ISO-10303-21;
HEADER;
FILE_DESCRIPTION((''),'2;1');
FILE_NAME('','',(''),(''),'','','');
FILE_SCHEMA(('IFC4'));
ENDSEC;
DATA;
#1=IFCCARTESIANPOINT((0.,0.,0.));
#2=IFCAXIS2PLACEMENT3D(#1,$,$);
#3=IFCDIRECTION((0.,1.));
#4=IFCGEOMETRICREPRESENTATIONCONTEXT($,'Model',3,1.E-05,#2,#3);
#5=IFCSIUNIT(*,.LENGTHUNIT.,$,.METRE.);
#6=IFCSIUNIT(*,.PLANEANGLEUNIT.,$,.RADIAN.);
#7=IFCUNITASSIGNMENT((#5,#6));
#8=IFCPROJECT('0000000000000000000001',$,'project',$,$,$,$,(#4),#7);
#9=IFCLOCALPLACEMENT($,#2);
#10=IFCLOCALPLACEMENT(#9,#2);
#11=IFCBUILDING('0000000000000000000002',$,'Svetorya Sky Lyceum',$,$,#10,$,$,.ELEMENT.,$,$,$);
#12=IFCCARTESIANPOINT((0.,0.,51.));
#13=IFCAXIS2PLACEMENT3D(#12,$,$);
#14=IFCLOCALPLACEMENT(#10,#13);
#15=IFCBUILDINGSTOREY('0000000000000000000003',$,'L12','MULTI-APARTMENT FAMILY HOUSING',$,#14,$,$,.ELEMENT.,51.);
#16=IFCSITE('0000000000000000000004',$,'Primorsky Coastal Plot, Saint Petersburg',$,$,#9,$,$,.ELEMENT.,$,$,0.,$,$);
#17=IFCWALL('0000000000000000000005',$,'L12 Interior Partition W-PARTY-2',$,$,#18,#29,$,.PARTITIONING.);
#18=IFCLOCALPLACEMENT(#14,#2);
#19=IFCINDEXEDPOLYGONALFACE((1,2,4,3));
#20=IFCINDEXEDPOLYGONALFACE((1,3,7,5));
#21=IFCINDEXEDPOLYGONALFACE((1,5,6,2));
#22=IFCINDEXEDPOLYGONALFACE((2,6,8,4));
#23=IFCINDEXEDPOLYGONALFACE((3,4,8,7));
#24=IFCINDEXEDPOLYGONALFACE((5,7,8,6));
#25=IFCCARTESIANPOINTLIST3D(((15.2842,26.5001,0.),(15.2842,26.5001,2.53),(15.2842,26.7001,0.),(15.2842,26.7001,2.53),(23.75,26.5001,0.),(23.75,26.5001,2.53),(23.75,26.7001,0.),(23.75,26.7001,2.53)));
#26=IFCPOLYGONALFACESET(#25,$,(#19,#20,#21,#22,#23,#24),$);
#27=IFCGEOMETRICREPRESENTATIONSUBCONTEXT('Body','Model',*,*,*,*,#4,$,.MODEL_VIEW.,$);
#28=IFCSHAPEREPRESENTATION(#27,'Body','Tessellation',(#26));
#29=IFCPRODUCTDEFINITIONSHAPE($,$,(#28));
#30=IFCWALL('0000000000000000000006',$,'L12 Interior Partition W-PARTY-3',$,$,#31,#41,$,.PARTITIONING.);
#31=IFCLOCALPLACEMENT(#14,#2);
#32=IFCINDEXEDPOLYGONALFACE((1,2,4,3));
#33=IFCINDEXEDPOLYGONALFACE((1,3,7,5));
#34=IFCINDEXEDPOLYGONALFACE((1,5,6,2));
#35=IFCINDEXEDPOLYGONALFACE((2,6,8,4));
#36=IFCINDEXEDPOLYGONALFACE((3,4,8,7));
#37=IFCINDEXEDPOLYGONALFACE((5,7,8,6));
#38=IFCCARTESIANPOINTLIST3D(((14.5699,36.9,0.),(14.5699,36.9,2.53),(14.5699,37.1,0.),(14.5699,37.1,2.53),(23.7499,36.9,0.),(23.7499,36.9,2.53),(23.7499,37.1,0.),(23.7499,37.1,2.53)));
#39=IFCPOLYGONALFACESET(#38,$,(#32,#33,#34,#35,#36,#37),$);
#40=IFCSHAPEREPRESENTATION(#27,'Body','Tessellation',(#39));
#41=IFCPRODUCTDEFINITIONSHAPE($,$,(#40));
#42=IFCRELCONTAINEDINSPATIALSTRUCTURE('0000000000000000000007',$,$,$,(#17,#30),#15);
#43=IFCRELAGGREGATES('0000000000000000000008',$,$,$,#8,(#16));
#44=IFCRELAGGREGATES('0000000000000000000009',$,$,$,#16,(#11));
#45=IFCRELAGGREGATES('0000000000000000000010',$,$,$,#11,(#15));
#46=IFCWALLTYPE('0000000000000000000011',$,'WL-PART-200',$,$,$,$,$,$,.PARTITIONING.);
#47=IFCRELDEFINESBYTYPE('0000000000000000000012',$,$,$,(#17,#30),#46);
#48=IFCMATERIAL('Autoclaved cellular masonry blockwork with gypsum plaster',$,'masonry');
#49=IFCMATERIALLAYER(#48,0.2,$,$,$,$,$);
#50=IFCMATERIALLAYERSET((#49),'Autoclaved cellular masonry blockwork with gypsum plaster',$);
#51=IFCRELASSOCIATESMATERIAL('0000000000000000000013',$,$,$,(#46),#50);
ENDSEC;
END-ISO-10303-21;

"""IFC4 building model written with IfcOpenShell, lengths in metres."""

from ifc_helpers import new_model, si_unit, direction, frame, frame_2d, origin, place, context, subcontext, project, spatial, rectangle, extrude, material, layer, layer_set, type_object, element, save


model = new_model("IFC4")

# Units and contexts
model_context = context("Model", 3, precision=1e-05, world=origin(), true_north=direction((0.0, 1.0)))
body_context = subcontext(model_context, "Body", "Model", "MODEL_VIEW")
ifc_project = project(units=[si_unit("LENGTHUNIT", "METRE"), si_unit("PLANEANGLEUNIT", "RADIAN")], contexts=[model_context])

# Site, building, storey
site_placement = place(None, origin())
site = spatial("IfcSite", under=ifc_project, at=site_placement, Name="Primorsky Coastal Plot, Saint Petersburg", CompositionType="ELEMENT", RefElevation=0.0)
building_placement = place(site_placement, origin())
building = spatial("IfcBuilding", under=site, at=building_placement, Name="Svetorya Sky Lyceum", CompositionType="ELEMENT")
storey_placement = place(building_placement, frame((0.0, 0.0, 51.0)))
storey = spatial("IfcBuildingStorey", under=building, at=storey_placement, Name="L12", Description="MULTI-APARTMENT FAMILY HOUSING", CompositionType="ELEMENT", Elevation=51.0)

# Walls
ifc_material_1 = material(Name="Autoclaved cellular masonry blockwork with gypsum plaster", Category="masonry")
ifc_layer_1 = layer(ifc_material_1, 0.2)
ifc_layer_set_1 = layer_set([ifc_layer_1], Name="Autoclaved cellular masonry blockwork with gypsum plaster")
wall_type_1 = type_object("IfcWallType", Name="WL-PART-200", PredefinedType="PARTITIONING", material=ifc_layer_set_1)
wall_1_placement = place(storey_placement, frame((15.2842, 26.6001, 0.0), z_axis=(0.0, 0.0, 1.0), x_axis=(1.0, 0.0, 0.0)))
element("IfcWall", 1, at=wall_1_placement, inside=storey, type_object=wall_type_1, Name="L12 Interior Partition W-PARTY-2", PredefinedType="PARTITIONING", context=body_context, shape_type="SweptSolid", body=[
    extrude(rectangle(XDim=8.4658, YDim=0.2, at=frame_2d((4.2329, 0.0))), origin(), (0.0, 0.0, 1.0), 2.53),
])
wall_2_placement = place(storey_placement, frame((14.5701, 37.0, 0.0), z_axis=(0.0, 0.0, 1.0), x_axis=(1.0, 0.0, 0.0)))
element("IfcWall", 2, at=wall_2_placement, inside=storey, type_object=wall_type_1, Name="L12 Interior Partition W-PARTY-3", PredefinedType="PARTITIONING", context=body_context, shape_type="SweptSolid", body=[
    extrude(rectangle(XDim=9.1799, YDim=0.2, at=frame_2d((4.5898, 0.0))), origin(), (0.0, 0.0, 1.0), 2.53),
])

save(model, "model.ifc")
